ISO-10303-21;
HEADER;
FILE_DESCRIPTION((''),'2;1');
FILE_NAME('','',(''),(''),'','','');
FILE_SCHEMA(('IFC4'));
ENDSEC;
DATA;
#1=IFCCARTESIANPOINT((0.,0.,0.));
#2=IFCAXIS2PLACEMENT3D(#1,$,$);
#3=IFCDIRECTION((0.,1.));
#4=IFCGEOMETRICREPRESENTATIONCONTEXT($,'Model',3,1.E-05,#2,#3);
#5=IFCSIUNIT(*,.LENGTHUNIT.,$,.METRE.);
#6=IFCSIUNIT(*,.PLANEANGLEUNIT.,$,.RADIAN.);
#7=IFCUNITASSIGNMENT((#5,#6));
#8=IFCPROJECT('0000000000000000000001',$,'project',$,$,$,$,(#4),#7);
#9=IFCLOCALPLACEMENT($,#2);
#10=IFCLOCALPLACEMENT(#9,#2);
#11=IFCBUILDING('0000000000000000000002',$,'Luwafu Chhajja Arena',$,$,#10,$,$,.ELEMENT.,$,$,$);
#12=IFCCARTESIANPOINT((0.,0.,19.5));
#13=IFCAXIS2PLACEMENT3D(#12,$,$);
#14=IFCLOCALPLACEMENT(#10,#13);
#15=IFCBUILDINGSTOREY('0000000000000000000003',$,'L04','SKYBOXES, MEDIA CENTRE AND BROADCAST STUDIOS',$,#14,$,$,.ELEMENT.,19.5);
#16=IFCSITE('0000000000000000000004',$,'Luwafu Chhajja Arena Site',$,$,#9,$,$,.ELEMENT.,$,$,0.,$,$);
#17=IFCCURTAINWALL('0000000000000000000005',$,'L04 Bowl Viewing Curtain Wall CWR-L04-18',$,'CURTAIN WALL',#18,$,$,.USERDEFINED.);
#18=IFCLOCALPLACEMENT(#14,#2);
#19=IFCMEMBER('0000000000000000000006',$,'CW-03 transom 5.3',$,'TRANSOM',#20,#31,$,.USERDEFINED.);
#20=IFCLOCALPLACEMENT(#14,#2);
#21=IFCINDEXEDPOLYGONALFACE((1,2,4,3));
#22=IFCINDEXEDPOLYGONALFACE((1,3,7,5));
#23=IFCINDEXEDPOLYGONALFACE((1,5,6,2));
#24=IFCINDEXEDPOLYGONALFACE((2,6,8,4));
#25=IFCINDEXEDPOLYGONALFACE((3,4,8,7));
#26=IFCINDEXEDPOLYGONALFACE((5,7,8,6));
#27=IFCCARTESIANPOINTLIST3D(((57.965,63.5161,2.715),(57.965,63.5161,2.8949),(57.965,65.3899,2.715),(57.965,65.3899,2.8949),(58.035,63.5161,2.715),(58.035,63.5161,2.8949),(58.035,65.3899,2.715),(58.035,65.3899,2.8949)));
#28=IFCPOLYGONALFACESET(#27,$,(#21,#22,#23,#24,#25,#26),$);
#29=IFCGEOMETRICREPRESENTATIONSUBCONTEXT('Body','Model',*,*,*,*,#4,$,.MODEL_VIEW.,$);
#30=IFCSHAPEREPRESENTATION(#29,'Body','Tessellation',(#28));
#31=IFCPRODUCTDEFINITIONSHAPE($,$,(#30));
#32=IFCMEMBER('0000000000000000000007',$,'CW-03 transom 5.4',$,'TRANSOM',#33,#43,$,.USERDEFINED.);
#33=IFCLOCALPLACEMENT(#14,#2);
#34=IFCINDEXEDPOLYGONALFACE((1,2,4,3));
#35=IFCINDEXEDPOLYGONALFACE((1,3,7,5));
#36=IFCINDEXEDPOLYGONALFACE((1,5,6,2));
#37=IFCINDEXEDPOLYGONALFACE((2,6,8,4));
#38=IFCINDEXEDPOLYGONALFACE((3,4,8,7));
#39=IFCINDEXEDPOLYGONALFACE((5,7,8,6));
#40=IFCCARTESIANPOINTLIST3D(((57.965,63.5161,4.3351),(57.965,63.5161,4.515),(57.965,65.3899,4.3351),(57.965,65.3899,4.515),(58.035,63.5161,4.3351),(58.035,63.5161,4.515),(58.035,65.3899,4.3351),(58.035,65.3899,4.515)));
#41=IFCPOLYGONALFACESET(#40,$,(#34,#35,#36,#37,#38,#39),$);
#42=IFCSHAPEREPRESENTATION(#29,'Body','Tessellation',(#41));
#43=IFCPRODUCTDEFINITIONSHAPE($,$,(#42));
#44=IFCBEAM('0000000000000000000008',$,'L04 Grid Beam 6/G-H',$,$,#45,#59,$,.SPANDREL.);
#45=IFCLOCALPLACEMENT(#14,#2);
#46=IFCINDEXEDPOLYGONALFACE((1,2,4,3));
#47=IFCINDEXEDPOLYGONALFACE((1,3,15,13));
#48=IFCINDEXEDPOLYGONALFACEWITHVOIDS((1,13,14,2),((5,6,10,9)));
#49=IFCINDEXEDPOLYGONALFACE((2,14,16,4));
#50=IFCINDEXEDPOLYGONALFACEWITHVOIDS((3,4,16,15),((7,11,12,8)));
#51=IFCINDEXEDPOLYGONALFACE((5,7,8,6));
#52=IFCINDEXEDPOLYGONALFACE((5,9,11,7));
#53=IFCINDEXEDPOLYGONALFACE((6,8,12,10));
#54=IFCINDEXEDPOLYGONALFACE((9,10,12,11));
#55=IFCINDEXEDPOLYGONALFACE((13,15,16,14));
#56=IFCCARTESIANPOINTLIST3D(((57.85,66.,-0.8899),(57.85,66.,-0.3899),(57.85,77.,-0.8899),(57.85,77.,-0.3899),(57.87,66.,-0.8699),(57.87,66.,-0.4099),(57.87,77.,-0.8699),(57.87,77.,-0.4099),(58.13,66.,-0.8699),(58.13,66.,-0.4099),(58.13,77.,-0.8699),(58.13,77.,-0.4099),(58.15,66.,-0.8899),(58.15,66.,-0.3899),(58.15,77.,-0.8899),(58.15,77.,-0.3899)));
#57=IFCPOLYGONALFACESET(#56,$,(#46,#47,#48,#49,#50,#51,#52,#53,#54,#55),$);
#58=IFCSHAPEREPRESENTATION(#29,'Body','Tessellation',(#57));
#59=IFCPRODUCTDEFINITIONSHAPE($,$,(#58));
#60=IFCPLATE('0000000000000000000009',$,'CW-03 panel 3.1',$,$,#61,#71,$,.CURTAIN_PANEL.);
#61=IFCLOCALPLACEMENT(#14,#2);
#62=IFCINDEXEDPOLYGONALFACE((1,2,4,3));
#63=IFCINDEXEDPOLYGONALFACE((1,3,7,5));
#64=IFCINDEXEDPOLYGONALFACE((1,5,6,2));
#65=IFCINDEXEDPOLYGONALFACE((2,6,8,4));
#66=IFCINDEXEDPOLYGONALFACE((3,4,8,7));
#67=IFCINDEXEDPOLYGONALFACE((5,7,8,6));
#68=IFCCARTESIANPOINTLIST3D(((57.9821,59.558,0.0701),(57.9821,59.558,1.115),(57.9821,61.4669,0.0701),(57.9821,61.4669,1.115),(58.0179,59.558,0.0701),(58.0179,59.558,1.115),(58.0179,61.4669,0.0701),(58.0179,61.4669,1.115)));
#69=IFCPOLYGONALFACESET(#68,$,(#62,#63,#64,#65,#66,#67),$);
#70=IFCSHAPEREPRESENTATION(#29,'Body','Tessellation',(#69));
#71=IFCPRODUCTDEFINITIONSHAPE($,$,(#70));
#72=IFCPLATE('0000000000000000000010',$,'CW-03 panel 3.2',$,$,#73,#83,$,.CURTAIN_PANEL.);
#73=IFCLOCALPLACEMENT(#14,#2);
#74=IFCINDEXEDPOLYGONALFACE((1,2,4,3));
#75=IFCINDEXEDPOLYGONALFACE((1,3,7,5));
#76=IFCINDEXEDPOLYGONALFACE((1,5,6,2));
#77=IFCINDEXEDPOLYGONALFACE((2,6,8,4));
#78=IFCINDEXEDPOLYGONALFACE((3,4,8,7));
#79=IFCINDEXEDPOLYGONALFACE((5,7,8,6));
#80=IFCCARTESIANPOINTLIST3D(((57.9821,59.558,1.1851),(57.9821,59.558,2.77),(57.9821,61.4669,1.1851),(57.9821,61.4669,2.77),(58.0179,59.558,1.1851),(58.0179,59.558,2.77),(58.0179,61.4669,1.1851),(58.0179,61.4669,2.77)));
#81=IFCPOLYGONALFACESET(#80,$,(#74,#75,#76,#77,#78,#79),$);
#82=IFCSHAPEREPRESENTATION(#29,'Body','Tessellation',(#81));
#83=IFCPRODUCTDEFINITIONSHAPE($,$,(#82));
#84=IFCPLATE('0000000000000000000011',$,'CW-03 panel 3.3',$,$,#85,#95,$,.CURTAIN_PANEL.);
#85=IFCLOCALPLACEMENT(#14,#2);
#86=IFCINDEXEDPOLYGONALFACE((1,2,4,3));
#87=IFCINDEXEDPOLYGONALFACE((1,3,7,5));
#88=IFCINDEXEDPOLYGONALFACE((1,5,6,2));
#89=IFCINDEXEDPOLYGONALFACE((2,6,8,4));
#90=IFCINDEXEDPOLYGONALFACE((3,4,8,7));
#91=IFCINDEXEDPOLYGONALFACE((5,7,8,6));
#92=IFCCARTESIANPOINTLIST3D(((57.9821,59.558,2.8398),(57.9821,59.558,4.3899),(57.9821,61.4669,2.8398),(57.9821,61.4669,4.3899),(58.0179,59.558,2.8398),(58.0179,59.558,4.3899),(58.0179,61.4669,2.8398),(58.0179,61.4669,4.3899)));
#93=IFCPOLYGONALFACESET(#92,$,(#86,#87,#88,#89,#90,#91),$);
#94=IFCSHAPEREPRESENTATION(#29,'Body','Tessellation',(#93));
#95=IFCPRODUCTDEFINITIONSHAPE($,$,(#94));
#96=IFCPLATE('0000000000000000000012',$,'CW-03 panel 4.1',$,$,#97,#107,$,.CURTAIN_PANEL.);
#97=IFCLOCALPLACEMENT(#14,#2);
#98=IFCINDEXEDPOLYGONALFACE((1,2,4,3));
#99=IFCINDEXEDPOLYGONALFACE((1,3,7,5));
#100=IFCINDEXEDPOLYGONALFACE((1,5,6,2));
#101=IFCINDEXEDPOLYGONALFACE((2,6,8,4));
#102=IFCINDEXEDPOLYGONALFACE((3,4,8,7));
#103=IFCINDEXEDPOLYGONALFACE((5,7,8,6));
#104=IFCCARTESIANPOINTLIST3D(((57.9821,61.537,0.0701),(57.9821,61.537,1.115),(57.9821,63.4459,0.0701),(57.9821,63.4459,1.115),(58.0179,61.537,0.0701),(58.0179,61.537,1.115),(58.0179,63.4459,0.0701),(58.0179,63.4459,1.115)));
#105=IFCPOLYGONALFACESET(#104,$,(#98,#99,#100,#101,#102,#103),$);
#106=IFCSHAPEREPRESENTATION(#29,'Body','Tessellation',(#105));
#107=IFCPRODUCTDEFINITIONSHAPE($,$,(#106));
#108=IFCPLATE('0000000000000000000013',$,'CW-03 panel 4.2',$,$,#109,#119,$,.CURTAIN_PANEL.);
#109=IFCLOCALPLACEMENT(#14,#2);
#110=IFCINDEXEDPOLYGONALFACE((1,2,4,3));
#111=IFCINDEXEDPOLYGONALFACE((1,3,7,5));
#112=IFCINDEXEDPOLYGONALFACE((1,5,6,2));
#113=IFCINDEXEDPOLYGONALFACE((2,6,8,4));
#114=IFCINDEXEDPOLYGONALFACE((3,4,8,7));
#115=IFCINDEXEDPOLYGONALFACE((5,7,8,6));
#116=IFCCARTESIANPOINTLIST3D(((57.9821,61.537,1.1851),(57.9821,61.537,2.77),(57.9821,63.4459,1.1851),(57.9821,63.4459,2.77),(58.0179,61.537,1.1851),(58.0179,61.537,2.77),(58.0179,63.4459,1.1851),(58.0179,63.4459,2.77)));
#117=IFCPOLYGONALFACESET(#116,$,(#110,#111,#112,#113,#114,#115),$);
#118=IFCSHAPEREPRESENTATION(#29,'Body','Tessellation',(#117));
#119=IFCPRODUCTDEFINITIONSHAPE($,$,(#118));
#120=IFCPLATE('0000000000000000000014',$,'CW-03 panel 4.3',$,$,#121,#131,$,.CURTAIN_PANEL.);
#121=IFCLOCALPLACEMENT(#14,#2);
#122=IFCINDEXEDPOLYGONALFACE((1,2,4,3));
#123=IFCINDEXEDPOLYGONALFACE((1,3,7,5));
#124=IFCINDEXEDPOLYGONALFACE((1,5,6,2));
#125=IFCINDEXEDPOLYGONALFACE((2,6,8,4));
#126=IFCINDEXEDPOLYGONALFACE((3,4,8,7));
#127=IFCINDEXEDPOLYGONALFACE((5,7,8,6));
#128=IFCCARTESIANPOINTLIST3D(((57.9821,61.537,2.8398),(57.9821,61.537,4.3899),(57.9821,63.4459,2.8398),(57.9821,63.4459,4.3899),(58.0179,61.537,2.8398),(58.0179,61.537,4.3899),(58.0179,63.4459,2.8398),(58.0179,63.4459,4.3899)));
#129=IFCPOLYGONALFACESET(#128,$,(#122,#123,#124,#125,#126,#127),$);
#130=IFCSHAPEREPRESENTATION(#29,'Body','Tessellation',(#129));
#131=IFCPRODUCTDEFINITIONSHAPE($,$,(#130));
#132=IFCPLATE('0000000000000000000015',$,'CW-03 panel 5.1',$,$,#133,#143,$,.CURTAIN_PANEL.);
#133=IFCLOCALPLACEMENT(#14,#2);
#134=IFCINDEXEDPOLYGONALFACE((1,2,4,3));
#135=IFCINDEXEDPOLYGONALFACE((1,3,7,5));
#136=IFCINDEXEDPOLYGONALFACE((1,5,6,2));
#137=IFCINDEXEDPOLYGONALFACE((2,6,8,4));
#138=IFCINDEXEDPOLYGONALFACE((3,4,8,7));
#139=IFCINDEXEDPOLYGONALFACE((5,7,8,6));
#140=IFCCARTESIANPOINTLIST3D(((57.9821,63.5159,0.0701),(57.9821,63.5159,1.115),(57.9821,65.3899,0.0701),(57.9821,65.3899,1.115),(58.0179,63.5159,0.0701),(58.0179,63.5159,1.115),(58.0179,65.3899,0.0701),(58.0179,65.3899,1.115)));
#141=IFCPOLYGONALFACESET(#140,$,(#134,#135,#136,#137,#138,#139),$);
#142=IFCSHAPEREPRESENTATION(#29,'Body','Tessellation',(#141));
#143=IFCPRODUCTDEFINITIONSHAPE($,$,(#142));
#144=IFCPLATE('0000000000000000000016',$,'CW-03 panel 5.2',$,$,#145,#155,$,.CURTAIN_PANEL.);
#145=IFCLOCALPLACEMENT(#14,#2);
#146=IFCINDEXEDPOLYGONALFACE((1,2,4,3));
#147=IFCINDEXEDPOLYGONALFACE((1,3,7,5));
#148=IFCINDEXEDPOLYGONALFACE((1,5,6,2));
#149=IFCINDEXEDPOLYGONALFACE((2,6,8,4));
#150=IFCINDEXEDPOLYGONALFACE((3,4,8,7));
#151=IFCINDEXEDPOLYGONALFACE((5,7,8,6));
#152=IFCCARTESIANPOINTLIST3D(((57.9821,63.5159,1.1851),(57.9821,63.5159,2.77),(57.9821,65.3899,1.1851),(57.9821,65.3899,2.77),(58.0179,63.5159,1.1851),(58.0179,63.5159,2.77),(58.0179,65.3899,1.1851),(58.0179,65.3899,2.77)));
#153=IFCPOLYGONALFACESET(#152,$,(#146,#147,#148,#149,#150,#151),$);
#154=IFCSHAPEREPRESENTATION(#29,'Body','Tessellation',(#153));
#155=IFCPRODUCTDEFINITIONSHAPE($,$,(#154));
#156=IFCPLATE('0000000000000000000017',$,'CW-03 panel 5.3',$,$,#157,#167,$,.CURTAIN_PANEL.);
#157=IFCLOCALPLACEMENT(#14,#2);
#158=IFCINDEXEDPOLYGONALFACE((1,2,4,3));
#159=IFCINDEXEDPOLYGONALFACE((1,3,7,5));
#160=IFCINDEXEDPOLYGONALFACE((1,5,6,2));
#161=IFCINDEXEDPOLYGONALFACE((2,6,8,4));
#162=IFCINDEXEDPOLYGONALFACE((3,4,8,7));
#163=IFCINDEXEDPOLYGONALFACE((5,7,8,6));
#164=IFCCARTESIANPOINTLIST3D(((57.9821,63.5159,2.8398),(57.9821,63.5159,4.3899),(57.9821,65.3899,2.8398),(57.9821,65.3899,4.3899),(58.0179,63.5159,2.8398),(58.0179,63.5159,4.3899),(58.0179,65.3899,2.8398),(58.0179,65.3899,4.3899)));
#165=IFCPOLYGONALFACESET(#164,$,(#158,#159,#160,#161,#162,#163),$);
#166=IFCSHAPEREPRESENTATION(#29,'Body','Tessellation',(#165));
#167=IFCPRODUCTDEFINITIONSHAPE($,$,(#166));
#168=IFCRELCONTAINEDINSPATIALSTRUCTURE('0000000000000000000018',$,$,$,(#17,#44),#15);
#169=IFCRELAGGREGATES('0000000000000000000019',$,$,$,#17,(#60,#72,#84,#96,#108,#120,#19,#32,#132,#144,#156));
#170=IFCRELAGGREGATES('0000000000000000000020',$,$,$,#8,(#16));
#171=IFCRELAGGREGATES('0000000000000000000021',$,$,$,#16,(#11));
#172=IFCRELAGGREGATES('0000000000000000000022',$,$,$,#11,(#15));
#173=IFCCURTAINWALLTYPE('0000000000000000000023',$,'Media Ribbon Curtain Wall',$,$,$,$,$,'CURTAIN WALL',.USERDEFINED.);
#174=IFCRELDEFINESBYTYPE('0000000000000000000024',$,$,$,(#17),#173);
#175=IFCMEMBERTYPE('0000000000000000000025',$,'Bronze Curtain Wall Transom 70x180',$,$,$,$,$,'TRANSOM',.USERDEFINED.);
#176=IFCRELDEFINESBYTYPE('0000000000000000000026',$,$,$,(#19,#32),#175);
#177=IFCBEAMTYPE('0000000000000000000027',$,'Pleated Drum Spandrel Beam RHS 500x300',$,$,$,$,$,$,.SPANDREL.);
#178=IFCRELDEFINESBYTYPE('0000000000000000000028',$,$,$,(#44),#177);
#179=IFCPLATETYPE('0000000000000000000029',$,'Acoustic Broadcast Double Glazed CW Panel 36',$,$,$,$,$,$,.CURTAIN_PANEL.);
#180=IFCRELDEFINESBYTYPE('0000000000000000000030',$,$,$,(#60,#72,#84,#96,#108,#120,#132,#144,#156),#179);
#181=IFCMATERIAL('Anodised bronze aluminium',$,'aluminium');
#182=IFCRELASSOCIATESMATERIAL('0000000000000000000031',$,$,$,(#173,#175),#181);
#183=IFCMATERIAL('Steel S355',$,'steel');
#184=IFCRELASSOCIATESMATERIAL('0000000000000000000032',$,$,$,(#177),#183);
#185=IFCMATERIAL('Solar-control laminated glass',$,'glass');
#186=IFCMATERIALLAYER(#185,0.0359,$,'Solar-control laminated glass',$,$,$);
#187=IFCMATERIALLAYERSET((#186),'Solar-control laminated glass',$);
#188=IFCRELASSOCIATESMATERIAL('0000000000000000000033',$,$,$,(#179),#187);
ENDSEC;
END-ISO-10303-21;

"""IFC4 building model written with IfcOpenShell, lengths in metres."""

from ifc_helpers import new_model, si_unit, direction, frame, origin, origin_2d, place, context, subcontext, project, spatial, rectangle, hollow_rectangle, extrude, material, layer, layer_set, material_profile, profile_set, type_object, element, aggregate, save


model = new_model("IFC4")

# Units and contexts
model_context = context("Model", 3, precision=1e-05, world=origin(), true_north=direction((0.0, 1.0)))
body_context = subcontext(model_context, "Body", "Model", "MODEL_VIEW")
ifc_project = project(units=[si_unit("LENGTHUNIT", "METRE"), si_unit("PLANEANGLEUNIT", "RADIAN")], contexts=[model_context])

# Site, building, storey
site_placement = place(None, origin())
site = spatial("IfcSite", under=ifc_project, at=site_placement, Name="Luwafu Chhajja Arena Site", CompositionType="ELEMENT", RefElevation=0.0)
building_placement = place(site_placement, origin())
building = spatial("IfcBuilding", under=site, at=building_placement, Name="Luwafu Chhajja Arena", CompositionType="ELEMENT")
storey_placement = place(building_placement, frame((0.0, 0.0, 19.5)))
storey = spatial("IfcBuildingStorey", under=building, at=storey_placement, Name="L04", Description="SKYBOXES, MEDIA CENTRE AND BROADCAST STUDIOS", CompositionType="ELEMENT", Elevation=19.5)

# Curtain wall
ifc_material_1 = material(Name="Anodised bronze aluminium", Category="aluminium")
curtain_wall_type = type_object("IfcCurtainWallType", Name="Media Ribbon Curtain Wall", ElementType="CURTAIN WALL", PredefinedType="USERDEFINED", material=ifc_material_1)
curtain_wall_1_placement = place(storey_placement, origin())
curtain_wall_1 = element("IfcCurtainWall", 1, at=curtain_wall_1_placement, inside=storey, type_object=curtain_wall_type, Name="L04 Bowl Viewing Curtain Wall CWR-L04-18", ObjectType="CURTAIN WALL", PredefinedType="USERDEFINED")

# Members
ifc_material_profile_1 = material_profile(ifc_material_1, rectangle(XDim=0.0701, YDim=0.1799, at=origin_2d()), Name="CWT 70x180")
ifc_profile_set_1 = profile_set([ifc_material_profile_1], Name="Anodised bronze aluminium")
member_type_1 = type_object("IfcMemberType", Name="Bronze Curtain Wall Transom 70x180", ElementType="TRANSOM", PredefinedType="USERDEFINED", material=ifc_profile_set_1)
member_1_placement = place(storey_placement, frame((58.0, 63.5161, 2.8049), z_axis=(0.0, 1.0, 0.0), x_axis=(-1.0, 0.0, 0.0)))
member_1 = element("IfcMember", 2, at=member_1_placement, type_object=member_type_1, Name="CW-03 transom 5.3", ObjectType="TRANSOM", PredefinedType="USERDEFINED", context=body_context, shape_type="SweptSolid", body=[
    extrude(rectangle(XDim=0.0701, YDim=0.1799, at=origin_2d()), origin(), (0.0, 0.0, 1.0), 1.8738),
])
member_2_placement = place(storey_placement, frame((58.0, 63.5161, 4.425), z_axis=(0.0, 1.0, 0.0), x_axis=(-1.0, 0.0, 0.0)))
member_2 = element("IfcMember", 3, at=member_2_placement, type_object=member_type_1, Name="CW-03 transom 5.4", ObjectType="TRANSOM", PredefinedType="USERDEFINED", context=body_context, shape_type="SweptSolid", body=[
    extrude(rectangle(XDim=0.0701, YDim=0.1799, at=origin_2d()), origin(), (0.0, 0.0, 1.0), 1.8738),
])

# Beam
ifc_material_2 = material(Name="Steel S355", Category="steel")
ifc_material_profile_2 = material_profile(ifc_material_2, hollow_rectangle(XDim=0.3, YDim=0.5, WallThickness=0.02, at=origin_2d()), Name="RHS 500x300x20")
ifc_profile_set_2 = profile_set([ifc_material_profile_2], Name="Steel S355")
beam_type = type_object("IfcBeamType", Name="Pleated Drum Spandrel Beam RHS 500x300", PredefinedType="SPANDREL", material=ifc_profile_set_2)
beam_placement = place(storey_placement, frame((58.0, 66.0, -0.6399), z_axis=(0.0, 1.0, 0.0), x_axis=(-1.0, 0.0, 0.0)))
element("IfcBeam", 4, at=beam_placement, inside=storey, type_object=beam_type, Name="L04 Grid Beam 6/G-H", PredefinedType="SPANDREL", context=body_context, shape_type="SweptSolid", body=[
    extrude(hollow_rectangle(XDim=0.3, YDim=0.5, WallThickness=0.02, at=origin_2d()), origin(), (0.0, 0.0, 1.0), 11.0),
])

# Plates
ifc_material_3 = material(Name="Solar-control laminated glass", Category="glass")
ifc_layer = layer(ifc_material_3, 0.0359, Name="Solar-control laminated glass")
ifc_layer_set = layer_set([ifc_layer], Name="Solar-control laminated glass")
plate_type = type_object("IfcPlateType", Name="Acoustic Broadcast Double Glazed CW Panel 36", PredefinedType="CURTAIN_PANEL", material=ifc_layer_set)
plate_1_placement = place(storey_placement, frame((58.0, 60.5125, 0.0701), z_axis=(0.0, 0.0, 1.0), x_axis=(0.0, 1.0, 0.0)))
plate_1 = element("IfcPlate", 5, at=plate_1_placement, type_object=plate_type, Name="CW-03 panel 3.1", PredefinedType="CURTAIN_PANEL", context=body_context, shape_type="SweptSolid", body=[
    extrude(rectangle(XDim=1.9089, YDim=0.0359, at=origin_2d()), origin(), (0.0, 0.0, 1.0), 1.0449),
])
plate_2_placement = place(storey_placement, frame((58.0, 60.5125, 1.1851), z_axis=(0.0, 0.0, 1.0), x_axis=(0.0, 1.0, 0.0)))
plate_2 = element("IfcPlate", 6, at=plate_2_placement, type_object=plate_type, Name="CW-03 panel 3.2", PredefinedType="CURTAIN_PANEL", context=body_context, shape_type="SweptSolid", body=[
    extrude(rectangle(XDim=1.9089, YDim=0.0359, at=origin_2d()), origin(), (0.0, 0.0, 1.0), 1.585),
])
plate_3_placement = place(storey_placement, frame((58.0, 60.5125, 2.8398), z_axis=(0.0, 0.0, 1.0), x_axis=(0.0, 1.0, 0.0)))
plate_3 = element("IfcPlate", 7, at=plate_3_placement, type_object=plate_type, Name="CW-03 panel 3.3", PredefinedType="CURTAIN_PANEL", context=body_context, shape_type="SweptSolid", body=[
    extrude(rectangle(XDim=1.9089, YDim=0.0359, at=origin_2d()), origin(), (0.0, 0.0, 1.0), 1.55),
])
plate_4_placement = place(storey_placement, frame((58.0, 62.4915, 0.0701), z_axis=(0.0, 0.0, 1.0), x_axis=(0.0, 1.0, 0.0)))
plate_4 = element("IfcPlate", 8, at=plate_4_placement, type_object=plate_type, Name="CW-03 panel 4.1", PredefinedType="CURTAIN_PANEL", context=body_context, shape_type="SweptSolid", body=[
    extrude(rectangle(XDim=1.9089, YDim=0.0359, at=origin_2d()), origin(), (0.0, 0.0, 1.0), 1.0449),
])
plate_5_placement = place(storey_placement, frame((58.0, 62.4915, 1.1851), z_axis=(0.0, 0.0, 1.0), x_axis=(0.0, 1.0, 0.0)))
plate_5 = element("IfcPlate", 9, at=plate_5_placement, type_object=plate_type, Name="CW-03 panel 4.2", PredefinedType="CURTAIN_PANEL", context=body_context, shape_type="SweptSolid", body=[
    extrude(rectangle(XDim=1.9089, YDim=0.0359, at=origin_2d()), origin(), (0.0, 0.0, 1.0), 1.585),
])
plate_6_placement = place(storey_placement, frame((58.0, 62.4915, 2.8398), z_axis=(0.0, 0.0, 1.0), x_axis=(0.0, 1.0, 0.0)))
plate_6 = element("IfcPlate", 10, at=plate_6_placement, type_object=plate_type, Name="CW-03 panel 4.3", PredefinedType="CURTAIN_PANEL", context=body_context, shape_type="SweptSolid", body=[
    extrude(rectangle(XDim=1.9089, YDim=0.0359, at=origin_2d()), origin(), (0.0, 0.0, 1.0), 1.55),
])
plate_7_placement = place(storey_placement, frame((58.0, 64.4529, 0.0701), z_axis=(0.0, 0.0, 1.0), x_axis=(0.0, 1.0, 0.0)))
plate_7 = element("IfcPlate", 11, at=plate_7_placement, type_object=plate_type, Name="CW-03 panel 5.1", PredefinedType="CURTAIN_PANEL", context=body_context, shape_type="SweptSolid", body=[
    extrude(rectangle(XDim=1.874, YDim=0.0359, at=origin_2d()), origin(), (0.0, 0.0, 1.0), 1.0449),
])
plate_8_placement = place(storey_placement, frame((58.0, 64.4529, 1.1851), z_axis=(0.0, 0.0, 1.0), x_axis=(0.0, 1.0, 0.0)))
plate_8 = element("IfcPlate", 12, at=plate_8_placement, type_object=plate_type, Name="CW-03 panel 5.2", PredefinedType="CURTAIN_PANEL", context=body_context, shape_type="SweptSolid", body=[
    extrude(rectangle(XDim=1.874, YDim=0.0359, at=origin_2d()), origin(), (0.0, 0.0, 1.0), 1.585),
])
plate_9_placement = place(storey_placement, frame((58.0, 64.4529, 2.8398), z_axis=(0.0, 0.0, 1.0), x_axis=(0.0, 1.0, 0.0)))
plate_9 = element("IfcPlate", 13, at=plate_9_placement, type_object=plate_type, Name="CW-03 panel 5.3", PredefinedType="CURTAIN_PANEL", context=body_context, shape_type="SweptSolid", body=[
    extrude(rectangle(XDim=1.874, YDim=0.0359, at=origin_2d()), origin(), (0.0, 0.0, 1.0), 1.55),
])
aggregate(curtain_wall_1, [plate_1, plate_2, plate_3, plate_4, plate_5, plate_6, member_1, member_2, plate_7, plate_8, plate_9])

save(model, "model.ifc")
